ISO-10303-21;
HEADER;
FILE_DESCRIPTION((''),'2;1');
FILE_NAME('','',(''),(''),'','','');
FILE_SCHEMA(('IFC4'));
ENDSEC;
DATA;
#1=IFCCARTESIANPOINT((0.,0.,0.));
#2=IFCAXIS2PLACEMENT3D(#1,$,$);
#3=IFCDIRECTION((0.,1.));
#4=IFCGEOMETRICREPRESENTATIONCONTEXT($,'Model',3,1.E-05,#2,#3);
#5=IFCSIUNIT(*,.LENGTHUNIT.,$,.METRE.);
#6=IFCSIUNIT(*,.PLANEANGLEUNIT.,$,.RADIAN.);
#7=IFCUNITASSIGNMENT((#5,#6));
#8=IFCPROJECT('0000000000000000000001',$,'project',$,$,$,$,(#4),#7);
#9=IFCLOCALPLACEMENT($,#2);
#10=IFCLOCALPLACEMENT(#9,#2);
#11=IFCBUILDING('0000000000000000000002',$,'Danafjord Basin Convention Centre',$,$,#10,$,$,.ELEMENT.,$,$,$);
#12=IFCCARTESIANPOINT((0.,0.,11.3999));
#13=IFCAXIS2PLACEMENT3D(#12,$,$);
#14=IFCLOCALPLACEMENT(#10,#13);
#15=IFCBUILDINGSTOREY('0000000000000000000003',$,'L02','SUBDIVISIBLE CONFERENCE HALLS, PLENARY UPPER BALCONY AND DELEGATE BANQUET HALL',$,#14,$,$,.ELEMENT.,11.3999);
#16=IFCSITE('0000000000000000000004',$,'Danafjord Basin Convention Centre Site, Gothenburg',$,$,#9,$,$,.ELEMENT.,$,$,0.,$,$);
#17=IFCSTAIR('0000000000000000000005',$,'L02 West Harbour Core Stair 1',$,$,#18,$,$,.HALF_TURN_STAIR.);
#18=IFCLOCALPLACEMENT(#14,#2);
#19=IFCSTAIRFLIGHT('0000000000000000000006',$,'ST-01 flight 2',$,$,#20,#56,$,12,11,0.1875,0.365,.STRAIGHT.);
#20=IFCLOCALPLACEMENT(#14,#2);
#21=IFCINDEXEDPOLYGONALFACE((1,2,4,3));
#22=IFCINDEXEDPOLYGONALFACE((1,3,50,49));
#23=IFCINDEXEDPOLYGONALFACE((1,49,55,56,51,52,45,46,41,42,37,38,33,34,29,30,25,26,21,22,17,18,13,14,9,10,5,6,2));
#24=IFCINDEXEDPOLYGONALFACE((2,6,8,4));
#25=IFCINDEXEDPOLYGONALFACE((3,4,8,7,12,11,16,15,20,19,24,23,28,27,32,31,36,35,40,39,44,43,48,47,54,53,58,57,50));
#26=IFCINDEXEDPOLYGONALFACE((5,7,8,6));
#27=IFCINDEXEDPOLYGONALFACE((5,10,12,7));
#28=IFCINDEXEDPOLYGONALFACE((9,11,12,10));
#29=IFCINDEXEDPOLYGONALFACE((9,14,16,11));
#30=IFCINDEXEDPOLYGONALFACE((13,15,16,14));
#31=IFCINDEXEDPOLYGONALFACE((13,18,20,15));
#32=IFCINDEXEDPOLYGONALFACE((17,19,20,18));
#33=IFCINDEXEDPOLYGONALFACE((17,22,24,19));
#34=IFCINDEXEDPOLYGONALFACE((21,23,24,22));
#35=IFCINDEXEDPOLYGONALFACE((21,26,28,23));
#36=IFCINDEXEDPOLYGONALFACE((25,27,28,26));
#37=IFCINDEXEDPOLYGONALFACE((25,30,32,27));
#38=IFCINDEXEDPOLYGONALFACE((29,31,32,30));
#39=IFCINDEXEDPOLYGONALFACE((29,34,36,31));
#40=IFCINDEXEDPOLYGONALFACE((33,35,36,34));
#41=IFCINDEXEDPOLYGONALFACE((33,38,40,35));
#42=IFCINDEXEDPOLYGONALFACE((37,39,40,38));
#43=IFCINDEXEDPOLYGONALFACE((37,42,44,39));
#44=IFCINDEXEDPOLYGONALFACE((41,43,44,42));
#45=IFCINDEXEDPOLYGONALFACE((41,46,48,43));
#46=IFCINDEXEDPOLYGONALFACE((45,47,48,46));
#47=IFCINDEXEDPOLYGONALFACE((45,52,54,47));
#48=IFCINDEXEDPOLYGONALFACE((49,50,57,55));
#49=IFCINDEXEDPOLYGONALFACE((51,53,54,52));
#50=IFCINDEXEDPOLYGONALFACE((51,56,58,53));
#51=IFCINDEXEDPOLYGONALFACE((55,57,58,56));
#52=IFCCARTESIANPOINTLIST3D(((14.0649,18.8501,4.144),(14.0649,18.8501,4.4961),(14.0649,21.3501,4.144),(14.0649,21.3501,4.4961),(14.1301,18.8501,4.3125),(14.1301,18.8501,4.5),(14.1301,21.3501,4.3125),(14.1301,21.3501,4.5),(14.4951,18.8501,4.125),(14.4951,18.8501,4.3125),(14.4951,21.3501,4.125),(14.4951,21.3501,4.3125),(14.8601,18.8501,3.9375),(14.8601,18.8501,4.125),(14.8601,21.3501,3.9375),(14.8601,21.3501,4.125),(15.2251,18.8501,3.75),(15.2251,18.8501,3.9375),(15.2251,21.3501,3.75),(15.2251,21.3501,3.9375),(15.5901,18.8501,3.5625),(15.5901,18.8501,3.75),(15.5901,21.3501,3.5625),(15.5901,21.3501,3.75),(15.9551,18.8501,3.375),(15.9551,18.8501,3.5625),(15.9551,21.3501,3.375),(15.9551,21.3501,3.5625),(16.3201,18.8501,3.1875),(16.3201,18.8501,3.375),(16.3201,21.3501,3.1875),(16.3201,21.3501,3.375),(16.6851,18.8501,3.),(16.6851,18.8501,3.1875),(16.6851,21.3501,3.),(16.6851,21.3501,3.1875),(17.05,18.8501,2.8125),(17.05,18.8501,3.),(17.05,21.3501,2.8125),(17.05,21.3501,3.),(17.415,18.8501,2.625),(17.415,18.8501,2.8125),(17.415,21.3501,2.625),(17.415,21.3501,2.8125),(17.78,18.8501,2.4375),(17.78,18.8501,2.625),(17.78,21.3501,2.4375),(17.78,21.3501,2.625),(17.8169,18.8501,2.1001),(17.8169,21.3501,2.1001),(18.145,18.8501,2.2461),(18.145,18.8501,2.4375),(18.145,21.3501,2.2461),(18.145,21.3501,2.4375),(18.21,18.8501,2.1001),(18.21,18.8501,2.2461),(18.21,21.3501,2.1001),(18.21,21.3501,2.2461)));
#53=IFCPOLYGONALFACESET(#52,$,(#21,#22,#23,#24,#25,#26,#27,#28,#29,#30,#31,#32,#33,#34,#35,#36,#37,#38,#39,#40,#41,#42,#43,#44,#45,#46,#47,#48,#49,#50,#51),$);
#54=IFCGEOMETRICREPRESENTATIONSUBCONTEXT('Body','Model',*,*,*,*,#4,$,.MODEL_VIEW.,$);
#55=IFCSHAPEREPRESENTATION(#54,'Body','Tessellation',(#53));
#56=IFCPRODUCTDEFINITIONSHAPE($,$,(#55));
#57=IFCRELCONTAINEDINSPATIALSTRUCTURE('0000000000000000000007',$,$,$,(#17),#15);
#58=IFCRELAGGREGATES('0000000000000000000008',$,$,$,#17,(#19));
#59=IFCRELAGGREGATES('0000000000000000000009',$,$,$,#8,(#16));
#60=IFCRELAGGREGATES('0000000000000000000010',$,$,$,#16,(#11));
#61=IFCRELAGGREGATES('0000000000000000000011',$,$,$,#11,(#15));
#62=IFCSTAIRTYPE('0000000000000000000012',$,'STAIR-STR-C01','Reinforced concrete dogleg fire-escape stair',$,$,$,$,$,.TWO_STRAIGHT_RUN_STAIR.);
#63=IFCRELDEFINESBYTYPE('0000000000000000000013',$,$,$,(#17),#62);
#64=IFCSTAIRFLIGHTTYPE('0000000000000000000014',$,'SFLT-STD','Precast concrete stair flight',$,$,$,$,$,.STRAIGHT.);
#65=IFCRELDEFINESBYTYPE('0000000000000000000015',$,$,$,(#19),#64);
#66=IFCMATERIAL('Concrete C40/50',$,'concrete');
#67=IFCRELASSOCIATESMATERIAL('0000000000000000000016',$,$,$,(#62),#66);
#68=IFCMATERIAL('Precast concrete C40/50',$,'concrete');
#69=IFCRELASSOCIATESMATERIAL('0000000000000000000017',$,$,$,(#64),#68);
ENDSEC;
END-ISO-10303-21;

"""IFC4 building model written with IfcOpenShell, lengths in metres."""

from ifc_helpers import new_model, si_unit, direction, frame, origin, place, context, subcontext, project, spatial, polyline, outline, extrude, material, type_object, element, aggregate, save


model = new_model("IFC4")

# Units and contexts
model_context = context("Model", 3, precision=1e-05, world=origin(), true_north=direction((0.0, 1.0)))
body_context = subcontext(model_context, "Body", "Model", "MODEL_VIEW")
ifc_project = project(units=[si_unit("LENGTHUNIT", "METRE"), si_unit("PLANEANGLEUNIT", "RADIAN")], contexts=[model_context])

# Site, building, storey
site_placement = place(None, origin())
site = spatial("IfcSite", under=ifc_project, at=site_placement, Name="Danafjord Basin Convention Centre Site, Gothenburg", CompositionType="ELEMENT", RefElevation=0.0)
building_placement = place(site_placement, origin())
building = spatial("IfcBuilding", under=site, at=building_placement, Name="Danafjord Basin Convention Centre", CompositionType="ELEMENT")
storey_placement = place(building_placement, frame((0.0, 0.0, 11.3999)))
storey = spatial("IfcBuildingStorey", under=building, at=storey_placement, Name="L02", Description="SUBDIVISIBLE CONFERENCE HALLS, PLENARY UPPER BALCONY AND DELEGATE BANQUET HALL", CompositionType="ELEMENT", Elevation=11.3999)

# Shared definitions
ifc_material_1 = material(Name="Concrete C40/50", Category="concrete")

# Stair, stair flight
stair_type = type_object("IfcStairType", Name="STAIR-STR-C01", Description="Reinforced concrete dogleg fire-escape stair", PredefinedType="TWO_STRAIGHT_RUN_STAIR", material=ifc_material_1)
stair_placement = place(storey_placement, origin())
stair = element("IfcStair", 1, at=stair_placement, inside=storey, type_object=stair_type, Name="L02 West Harbour Core Stair 1", PredefinedType="HALF_TURN_STAIR")
ifc_material_2 = material(Name="Precast concrete C40/50", Category="concrete")
stair_flight_type = type_object("IfcStairFlightType", Name="SFLT-STD", Description="Precast concrete stair flight", PredefinedType="STRAIGHT", material=ifc_material_2)
stair_flight_placement = place(storey_placement, frame((18.145, 20.1001, 2.25), z_axis=(0.0, 0.0, 1.0), x_axis=(-1.0, 0.0, 0.0)))
stair_flight = element("IfcStairFlight", 2, at=stair_flight_placement, type_object=stair_flight_type, Name="ST-01 flight 2", NumberOfRisers=12, NumberOfTreads=11, PredefinedType="STRAIGHT", RiserHeight=0.1875, TreadLength=0.365, context=body_context, shape_type="SweptSolid", body=[
    extrude(outline(polyline([(-0.0649, -0.1499), (-0.0649, -0.0039), (0.0, -0.0039), (0.0, 0.1875), (0.365, 0.1875), (0.365, 0.375), (0.73, 0.375), (0.73, 0.5625), (1.095, 0.5625), (1.095, 0.75), (1.46, 0.75), (1.46, 0.9375), (1.825, 0.9375), (1.825, 1.125), (2.1899, 1.125), (2.1899, 1.3125), (2.5549, 1.3125), (2.5549, 1.5), (2.9199, 1.5), (2.9199, 1.6875), (3.2849, 1.6875), (3.2849, 1.875), (3.6499, 1.875), (3.6499, 2.0625), (4.0149, 2.0625), (4.0149, 2.25), (4.0801, 2.2461), (4.0801, 1.894), (0.3281, -0.1499), (-0.0649, -0.1499)])), frame((0.0, 1.25, 0.0), z_axis=(0.0, -1.0, 0.0), x_axis=(1.0, 0.0, 0.0)), (0.0, 0.0, 1.0), 2.5),
])
aggregate(stair, [stair_flight])

save(model, "model.ifc")
